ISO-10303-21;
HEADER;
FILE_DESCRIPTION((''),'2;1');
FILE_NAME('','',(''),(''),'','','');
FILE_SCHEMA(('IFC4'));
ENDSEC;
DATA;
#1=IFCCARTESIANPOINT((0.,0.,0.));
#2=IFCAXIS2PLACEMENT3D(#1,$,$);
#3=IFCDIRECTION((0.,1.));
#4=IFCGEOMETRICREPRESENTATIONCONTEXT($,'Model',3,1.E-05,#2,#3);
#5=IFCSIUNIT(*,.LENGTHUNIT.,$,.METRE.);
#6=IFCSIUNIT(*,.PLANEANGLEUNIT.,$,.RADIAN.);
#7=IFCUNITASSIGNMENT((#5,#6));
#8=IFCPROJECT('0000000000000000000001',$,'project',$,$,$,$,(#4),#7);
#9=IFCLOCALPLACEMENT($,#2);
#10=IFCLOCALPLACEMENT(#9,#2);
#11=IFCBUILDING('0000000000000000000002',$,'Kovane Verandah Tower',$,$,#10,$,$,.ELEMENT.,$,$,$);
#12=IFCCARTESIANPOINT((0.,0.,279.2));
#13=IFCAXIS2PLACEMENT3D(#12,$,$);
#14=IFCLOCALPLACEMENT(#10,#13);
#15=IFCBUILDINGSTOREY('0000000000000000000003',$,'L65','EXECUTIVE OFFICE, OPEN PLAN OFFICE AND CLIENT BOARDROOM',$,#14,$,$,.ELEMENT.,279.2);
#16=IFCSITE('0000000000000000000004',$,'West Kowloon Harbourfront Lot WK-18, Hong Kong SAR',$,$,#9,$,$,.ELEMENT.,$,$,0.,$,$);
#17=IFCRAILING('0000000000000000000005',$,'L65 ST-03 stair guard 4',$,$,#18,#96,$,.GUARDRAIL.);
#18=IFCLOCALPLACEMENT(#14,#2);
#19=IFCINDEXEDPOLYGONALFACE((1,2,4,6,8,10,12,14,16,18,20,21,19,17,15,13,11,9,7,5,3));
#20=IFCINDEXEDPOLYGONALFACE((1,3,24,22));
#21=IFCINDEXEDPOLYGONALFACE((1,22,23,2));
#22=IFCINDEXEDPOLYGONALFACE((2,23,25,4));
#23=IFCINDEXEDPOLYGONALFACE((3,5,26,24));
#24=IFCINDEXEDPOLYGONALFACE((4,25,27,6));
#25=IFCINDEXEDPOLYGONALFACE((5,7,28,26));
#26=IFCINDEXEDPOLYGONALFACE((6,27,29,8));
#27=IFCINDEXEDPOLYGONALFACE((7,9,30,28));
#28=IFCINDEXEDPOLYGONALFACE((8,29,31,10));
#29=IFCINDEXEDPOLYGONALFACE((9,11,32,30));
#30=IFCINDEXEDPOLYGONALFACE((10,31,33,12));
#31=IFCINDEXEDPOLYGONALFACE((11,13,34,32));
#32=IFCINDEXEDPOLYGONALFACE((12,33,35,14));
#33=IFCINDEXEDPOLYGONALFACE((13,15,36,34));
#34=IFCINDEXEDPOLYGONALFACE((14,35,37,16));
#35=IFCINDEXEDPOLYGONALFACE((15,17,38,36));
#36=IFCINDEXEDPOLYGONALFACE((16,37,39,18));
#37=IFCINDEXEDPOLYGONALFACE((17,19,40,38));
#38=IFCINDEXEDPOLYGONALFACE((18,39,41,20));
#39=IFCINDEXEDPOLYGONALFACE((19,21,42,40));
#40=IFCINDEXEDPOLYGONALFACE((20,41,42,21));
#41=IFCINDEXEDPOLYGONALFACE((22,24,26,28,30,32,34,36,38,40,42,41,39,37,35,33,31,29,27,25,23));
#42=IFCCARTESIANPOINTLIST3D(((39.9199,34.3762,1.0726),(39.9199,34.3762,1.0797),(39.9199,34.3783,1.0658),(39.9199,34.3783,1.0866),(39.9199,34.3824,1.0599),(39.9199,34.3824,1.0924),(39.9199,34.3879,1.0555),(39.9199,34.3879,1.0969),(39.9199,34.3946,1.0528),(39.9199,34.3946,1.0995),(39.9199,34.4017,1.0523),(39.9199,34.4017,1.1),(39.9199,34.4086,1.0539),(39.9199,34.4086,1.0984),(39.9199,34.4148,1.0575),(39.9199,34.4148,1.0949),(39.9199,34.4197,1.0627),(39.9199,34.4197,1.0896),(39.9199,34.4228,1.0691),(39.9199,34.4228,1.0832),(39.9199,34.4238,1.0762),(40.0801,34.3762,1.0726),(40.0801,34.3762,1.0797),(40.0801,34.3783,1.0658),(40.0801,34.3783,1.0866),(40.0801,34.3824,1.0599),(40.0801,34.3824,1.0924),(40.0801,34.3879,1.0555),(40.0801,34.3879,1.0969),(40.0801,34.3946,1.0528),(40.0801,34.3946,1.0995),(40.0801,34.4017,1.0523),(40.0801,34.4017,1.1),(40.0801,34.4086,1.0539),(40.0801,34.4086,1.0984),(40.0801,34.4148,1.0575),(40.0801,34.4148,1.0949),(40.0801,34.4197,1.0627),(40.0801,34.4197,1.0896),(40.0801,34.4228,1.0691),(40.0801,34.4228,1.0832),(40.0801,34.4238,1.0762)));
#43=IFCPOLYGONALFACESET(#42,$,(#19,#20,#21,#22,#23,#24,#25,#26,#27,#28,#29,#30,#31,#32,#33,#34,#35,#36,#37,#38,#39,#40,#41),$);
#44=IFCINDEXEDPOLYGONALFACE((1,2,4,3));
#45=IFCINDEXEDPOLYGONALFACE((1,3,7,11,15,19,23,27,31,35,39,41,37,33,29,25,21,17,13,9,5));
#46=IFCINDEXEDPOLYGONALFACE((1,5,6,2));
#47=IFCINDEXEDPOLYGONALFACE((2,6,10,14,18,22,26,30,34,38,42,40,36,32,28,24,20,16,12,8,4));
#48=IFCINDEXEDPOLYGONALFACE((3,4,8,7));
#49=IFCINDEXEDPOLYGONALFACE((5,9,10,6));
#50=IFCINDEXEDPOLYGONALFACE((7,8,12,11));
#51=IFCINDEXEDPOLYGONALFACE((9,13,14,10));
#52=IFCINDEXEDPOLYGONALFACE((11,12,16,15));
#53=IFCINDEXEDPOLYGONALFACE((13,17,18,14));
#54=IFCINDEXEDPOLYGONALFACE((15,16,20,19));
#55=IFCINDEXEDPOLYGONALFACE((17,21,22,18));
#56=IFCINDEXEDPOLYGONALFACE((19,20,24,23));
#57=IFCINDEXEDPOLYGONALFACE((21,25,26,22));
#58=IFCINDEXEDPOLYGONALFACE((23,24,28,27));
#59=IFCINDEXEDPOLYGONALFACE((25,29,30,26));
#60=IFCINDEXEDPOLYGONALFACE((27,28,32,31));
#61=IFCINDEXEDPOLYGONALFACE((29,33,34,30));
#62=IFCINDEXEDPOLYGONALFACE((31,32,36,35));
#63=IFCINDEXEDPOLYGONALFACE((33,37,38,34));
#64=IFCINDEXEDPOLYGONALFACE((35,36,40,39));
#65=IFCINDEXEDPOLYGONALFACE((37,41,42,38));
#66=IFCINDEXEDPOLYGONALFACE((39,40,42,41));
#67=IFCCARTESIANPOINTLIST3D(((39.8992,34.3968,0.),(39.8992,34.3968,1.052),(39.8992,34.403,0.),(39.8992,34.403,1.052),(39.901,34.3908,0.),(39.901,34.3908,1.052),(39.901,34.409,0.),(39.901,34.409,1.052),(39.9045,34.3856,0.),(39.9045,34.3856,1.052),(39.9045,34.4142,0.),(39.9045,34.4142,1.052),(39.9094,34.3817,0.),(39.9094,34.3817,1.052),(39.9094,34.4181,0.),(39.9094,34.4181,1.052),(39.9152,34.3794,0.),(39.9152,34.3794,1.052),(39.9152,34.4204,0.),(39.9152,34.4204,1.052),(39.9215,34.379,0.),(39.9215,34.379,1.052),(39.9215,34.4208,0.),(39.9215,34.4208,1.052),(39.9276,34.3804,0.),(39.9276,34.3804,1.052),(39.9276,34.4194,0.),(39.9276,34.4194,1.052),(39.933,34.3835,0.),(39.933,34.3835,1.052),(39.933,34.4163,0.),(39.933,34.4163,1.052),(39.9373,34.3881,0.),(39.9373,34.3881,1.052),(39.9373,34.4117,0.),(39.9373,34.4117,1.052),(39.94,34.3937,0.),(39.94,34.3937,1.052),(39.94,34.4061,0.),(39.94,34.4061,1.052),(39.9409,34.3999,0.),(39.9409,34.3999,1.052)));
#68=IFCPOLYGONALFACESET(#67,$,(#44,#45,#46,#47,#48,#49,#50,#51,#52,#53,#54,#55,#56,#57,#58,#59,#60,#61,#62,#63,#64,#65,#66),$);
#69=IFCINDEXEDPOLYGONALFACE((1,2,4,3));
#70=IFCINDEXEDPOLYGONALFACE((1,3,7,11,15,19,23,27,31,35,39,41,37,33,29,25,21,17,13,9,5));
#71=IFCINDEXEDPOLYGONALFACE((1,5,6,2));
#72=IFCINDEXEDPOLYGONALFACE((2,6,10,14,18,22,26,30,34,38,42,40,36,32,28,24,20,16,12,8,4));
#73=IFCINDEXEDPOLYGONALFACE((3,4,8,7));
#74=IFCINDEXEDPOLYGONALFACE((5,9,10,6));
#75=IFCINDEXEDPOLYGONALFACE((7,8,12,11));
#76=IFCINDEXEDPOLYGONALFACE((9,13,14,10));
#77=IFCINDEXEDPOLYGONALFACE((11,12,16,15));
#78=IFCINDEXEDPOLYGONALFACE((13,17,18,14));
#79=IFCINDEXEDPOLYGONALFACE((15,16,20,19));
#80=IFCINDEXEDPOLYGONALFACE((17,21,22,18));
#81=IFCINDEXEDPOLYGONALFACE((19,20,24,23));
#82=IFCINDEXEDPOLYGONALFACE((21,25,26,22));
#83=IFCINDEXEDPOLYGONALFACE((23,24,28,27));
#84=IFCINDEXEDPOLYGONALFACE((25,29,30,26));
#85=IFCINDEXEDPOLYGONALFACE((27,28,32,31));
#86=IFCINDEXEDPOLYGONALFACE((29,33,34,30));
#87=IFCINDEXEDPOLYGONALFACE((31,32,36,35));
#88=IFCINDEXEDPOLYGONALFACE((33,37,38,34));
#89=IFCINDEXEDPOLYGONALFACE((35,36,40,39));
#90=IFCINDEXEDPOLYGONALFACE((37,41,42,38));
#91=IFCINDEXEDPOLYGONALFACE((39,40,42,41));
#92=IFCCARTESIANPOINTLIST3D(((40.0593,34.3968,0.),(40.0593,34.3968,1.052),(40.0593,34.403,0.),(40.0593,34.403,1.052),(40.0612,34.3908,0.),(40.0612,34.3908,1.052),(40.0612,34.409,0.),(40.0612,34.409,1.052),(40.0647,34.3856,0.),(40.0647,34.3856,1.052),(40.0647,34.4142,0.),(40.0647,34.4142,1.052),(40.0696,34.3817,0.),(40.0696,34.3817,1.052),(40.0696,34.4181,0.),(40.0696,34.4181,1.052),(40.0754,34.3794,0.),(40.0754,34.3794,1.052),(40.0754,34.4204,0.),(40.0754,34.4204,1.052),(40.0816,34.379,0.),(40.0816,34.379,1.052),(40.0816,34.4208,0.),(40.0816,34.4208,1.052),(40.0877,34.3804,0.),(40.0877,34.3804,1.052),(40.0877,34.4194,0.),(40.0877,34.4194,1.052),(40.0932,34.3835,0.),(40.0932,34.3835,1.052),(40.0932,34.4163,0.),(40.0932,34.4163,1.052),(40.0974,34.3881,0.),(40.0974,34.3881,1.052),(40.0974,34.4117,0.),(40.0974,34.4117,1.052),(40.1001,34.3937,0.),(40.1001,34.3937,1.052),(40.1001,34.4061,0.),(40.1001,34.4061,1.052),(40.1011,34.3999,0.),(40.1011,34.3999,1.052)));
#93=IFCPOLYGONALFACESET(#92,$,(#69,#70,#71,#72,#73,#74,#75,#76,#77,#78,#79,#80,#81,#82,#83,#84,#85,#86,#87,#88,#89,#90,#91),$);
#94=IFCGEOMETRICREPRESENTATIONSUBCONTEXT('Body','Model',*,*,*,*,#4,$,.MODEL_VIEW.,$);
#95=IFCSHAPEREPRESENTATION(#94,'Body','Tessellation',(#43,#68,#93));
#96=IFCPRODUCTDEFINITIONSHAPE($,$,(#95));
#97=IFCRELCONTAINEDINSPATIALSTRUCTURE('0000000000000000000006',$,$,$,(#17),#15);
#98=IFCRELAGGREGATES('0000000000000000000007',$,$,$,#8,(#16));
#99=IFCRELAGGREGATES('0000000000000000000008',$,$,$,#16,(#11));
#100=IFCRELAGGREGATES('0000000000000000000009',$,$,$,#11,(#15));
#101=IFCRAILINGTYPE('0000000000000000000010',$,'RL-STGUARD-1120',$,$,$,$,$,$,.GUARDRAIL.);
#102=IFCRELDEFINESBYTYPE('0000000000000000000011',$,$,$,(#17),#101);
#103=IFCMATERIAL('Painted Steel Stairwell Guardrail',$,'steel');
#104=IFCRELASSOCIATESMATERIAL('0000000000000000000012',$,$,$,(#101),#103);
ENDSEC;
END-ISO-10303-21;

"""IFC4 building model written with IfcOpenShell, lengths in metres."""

from ifc_helpers import new_model, si_unit, direction, frame, origin, origin_2d, place, context, subcontext, project, spatial, circle, extrude, material, type_object, element, save


model = new_model("IFC4")

# Units and contexts
model_context = context("Model", 3, precision=1e-05, world=origin(), true_north=direction((0.0, 1.0)))
body_context = subcontext(model_context, "Body", "Model", "MODEL_VIEW")
ifc_project = project(units=[si_unit("LENGTHUNIT", "METRE"), si_unit("PLANEANGLEUNIT", "RADIAN")], contexts=[model_context])

# Site, building, storey
site_placement = place(None, origin())
site = spatial("IfcSite", under=ifc_project, at=site_placement, Name="West Kowloon Harbourfront Lot WK-18, Hong Kong SAR", CompositionType="ELEMENT", RefElevation=0.0)
building_placement = place(site_placement, origin())
building = spatial("IfcBuilding", under=site, at=building_placement, Name="Kovane Verandah Tower", CompositionType="ELEMENT")
storey_placement = place(building_placement, frame((0.0, 0.0, 279.2)))
storey = spatial("IfcBuildingStorey", under=building, at=storey_placement, Name="L65", Description="EXECUTIVE OFFICE, OPEN PLAN OFFICE AND CLIENT BOARDROOM", CompositionType="ELEMENT", Elevation=279.2)

# Railing
ifc_material_1 = material(Name="Painted Steel Stairwell Guardrail", Category="steel")
railing_type = type_object("IfcRailingType", Name="RL-STGUARD-1120", PredefinedType="GUARDRAIL", material=ifc_material_1)
railing_1_placement = place(storey_placement, frame((39.9199, 34.3999, 0.0)))
element("IfcRailing", 1, at=railing_1_placement, inside=storey, type_object=railing_type, Name="L65 ST-03 stair guard 4", PredefinedType="GUARDRAIL", context=body_context, shape_type="SweptSolid", body=[
    extrude(circle(Radius=0.0239, at=origin_2d()), frame((0.0, 0.0, 1.0762), z_axis=(1.0, 0.0, 0.0), x_axis=(0.0, 1.0, 0.0)), (0.0, 0.0, 1.0), 0.1602),
    extrude(circle(Radius=0.021, at=origin_2d()), origin(), (0.0, 0.0, 1.0), 1.052),
    extrude(circle(Radius=0.021, at=origin_2d()), frame((0.1602, 0.0, 0.0)), (0.0, 0.0, 1.0), 1.052),
])

save(model, "model.ifc")
